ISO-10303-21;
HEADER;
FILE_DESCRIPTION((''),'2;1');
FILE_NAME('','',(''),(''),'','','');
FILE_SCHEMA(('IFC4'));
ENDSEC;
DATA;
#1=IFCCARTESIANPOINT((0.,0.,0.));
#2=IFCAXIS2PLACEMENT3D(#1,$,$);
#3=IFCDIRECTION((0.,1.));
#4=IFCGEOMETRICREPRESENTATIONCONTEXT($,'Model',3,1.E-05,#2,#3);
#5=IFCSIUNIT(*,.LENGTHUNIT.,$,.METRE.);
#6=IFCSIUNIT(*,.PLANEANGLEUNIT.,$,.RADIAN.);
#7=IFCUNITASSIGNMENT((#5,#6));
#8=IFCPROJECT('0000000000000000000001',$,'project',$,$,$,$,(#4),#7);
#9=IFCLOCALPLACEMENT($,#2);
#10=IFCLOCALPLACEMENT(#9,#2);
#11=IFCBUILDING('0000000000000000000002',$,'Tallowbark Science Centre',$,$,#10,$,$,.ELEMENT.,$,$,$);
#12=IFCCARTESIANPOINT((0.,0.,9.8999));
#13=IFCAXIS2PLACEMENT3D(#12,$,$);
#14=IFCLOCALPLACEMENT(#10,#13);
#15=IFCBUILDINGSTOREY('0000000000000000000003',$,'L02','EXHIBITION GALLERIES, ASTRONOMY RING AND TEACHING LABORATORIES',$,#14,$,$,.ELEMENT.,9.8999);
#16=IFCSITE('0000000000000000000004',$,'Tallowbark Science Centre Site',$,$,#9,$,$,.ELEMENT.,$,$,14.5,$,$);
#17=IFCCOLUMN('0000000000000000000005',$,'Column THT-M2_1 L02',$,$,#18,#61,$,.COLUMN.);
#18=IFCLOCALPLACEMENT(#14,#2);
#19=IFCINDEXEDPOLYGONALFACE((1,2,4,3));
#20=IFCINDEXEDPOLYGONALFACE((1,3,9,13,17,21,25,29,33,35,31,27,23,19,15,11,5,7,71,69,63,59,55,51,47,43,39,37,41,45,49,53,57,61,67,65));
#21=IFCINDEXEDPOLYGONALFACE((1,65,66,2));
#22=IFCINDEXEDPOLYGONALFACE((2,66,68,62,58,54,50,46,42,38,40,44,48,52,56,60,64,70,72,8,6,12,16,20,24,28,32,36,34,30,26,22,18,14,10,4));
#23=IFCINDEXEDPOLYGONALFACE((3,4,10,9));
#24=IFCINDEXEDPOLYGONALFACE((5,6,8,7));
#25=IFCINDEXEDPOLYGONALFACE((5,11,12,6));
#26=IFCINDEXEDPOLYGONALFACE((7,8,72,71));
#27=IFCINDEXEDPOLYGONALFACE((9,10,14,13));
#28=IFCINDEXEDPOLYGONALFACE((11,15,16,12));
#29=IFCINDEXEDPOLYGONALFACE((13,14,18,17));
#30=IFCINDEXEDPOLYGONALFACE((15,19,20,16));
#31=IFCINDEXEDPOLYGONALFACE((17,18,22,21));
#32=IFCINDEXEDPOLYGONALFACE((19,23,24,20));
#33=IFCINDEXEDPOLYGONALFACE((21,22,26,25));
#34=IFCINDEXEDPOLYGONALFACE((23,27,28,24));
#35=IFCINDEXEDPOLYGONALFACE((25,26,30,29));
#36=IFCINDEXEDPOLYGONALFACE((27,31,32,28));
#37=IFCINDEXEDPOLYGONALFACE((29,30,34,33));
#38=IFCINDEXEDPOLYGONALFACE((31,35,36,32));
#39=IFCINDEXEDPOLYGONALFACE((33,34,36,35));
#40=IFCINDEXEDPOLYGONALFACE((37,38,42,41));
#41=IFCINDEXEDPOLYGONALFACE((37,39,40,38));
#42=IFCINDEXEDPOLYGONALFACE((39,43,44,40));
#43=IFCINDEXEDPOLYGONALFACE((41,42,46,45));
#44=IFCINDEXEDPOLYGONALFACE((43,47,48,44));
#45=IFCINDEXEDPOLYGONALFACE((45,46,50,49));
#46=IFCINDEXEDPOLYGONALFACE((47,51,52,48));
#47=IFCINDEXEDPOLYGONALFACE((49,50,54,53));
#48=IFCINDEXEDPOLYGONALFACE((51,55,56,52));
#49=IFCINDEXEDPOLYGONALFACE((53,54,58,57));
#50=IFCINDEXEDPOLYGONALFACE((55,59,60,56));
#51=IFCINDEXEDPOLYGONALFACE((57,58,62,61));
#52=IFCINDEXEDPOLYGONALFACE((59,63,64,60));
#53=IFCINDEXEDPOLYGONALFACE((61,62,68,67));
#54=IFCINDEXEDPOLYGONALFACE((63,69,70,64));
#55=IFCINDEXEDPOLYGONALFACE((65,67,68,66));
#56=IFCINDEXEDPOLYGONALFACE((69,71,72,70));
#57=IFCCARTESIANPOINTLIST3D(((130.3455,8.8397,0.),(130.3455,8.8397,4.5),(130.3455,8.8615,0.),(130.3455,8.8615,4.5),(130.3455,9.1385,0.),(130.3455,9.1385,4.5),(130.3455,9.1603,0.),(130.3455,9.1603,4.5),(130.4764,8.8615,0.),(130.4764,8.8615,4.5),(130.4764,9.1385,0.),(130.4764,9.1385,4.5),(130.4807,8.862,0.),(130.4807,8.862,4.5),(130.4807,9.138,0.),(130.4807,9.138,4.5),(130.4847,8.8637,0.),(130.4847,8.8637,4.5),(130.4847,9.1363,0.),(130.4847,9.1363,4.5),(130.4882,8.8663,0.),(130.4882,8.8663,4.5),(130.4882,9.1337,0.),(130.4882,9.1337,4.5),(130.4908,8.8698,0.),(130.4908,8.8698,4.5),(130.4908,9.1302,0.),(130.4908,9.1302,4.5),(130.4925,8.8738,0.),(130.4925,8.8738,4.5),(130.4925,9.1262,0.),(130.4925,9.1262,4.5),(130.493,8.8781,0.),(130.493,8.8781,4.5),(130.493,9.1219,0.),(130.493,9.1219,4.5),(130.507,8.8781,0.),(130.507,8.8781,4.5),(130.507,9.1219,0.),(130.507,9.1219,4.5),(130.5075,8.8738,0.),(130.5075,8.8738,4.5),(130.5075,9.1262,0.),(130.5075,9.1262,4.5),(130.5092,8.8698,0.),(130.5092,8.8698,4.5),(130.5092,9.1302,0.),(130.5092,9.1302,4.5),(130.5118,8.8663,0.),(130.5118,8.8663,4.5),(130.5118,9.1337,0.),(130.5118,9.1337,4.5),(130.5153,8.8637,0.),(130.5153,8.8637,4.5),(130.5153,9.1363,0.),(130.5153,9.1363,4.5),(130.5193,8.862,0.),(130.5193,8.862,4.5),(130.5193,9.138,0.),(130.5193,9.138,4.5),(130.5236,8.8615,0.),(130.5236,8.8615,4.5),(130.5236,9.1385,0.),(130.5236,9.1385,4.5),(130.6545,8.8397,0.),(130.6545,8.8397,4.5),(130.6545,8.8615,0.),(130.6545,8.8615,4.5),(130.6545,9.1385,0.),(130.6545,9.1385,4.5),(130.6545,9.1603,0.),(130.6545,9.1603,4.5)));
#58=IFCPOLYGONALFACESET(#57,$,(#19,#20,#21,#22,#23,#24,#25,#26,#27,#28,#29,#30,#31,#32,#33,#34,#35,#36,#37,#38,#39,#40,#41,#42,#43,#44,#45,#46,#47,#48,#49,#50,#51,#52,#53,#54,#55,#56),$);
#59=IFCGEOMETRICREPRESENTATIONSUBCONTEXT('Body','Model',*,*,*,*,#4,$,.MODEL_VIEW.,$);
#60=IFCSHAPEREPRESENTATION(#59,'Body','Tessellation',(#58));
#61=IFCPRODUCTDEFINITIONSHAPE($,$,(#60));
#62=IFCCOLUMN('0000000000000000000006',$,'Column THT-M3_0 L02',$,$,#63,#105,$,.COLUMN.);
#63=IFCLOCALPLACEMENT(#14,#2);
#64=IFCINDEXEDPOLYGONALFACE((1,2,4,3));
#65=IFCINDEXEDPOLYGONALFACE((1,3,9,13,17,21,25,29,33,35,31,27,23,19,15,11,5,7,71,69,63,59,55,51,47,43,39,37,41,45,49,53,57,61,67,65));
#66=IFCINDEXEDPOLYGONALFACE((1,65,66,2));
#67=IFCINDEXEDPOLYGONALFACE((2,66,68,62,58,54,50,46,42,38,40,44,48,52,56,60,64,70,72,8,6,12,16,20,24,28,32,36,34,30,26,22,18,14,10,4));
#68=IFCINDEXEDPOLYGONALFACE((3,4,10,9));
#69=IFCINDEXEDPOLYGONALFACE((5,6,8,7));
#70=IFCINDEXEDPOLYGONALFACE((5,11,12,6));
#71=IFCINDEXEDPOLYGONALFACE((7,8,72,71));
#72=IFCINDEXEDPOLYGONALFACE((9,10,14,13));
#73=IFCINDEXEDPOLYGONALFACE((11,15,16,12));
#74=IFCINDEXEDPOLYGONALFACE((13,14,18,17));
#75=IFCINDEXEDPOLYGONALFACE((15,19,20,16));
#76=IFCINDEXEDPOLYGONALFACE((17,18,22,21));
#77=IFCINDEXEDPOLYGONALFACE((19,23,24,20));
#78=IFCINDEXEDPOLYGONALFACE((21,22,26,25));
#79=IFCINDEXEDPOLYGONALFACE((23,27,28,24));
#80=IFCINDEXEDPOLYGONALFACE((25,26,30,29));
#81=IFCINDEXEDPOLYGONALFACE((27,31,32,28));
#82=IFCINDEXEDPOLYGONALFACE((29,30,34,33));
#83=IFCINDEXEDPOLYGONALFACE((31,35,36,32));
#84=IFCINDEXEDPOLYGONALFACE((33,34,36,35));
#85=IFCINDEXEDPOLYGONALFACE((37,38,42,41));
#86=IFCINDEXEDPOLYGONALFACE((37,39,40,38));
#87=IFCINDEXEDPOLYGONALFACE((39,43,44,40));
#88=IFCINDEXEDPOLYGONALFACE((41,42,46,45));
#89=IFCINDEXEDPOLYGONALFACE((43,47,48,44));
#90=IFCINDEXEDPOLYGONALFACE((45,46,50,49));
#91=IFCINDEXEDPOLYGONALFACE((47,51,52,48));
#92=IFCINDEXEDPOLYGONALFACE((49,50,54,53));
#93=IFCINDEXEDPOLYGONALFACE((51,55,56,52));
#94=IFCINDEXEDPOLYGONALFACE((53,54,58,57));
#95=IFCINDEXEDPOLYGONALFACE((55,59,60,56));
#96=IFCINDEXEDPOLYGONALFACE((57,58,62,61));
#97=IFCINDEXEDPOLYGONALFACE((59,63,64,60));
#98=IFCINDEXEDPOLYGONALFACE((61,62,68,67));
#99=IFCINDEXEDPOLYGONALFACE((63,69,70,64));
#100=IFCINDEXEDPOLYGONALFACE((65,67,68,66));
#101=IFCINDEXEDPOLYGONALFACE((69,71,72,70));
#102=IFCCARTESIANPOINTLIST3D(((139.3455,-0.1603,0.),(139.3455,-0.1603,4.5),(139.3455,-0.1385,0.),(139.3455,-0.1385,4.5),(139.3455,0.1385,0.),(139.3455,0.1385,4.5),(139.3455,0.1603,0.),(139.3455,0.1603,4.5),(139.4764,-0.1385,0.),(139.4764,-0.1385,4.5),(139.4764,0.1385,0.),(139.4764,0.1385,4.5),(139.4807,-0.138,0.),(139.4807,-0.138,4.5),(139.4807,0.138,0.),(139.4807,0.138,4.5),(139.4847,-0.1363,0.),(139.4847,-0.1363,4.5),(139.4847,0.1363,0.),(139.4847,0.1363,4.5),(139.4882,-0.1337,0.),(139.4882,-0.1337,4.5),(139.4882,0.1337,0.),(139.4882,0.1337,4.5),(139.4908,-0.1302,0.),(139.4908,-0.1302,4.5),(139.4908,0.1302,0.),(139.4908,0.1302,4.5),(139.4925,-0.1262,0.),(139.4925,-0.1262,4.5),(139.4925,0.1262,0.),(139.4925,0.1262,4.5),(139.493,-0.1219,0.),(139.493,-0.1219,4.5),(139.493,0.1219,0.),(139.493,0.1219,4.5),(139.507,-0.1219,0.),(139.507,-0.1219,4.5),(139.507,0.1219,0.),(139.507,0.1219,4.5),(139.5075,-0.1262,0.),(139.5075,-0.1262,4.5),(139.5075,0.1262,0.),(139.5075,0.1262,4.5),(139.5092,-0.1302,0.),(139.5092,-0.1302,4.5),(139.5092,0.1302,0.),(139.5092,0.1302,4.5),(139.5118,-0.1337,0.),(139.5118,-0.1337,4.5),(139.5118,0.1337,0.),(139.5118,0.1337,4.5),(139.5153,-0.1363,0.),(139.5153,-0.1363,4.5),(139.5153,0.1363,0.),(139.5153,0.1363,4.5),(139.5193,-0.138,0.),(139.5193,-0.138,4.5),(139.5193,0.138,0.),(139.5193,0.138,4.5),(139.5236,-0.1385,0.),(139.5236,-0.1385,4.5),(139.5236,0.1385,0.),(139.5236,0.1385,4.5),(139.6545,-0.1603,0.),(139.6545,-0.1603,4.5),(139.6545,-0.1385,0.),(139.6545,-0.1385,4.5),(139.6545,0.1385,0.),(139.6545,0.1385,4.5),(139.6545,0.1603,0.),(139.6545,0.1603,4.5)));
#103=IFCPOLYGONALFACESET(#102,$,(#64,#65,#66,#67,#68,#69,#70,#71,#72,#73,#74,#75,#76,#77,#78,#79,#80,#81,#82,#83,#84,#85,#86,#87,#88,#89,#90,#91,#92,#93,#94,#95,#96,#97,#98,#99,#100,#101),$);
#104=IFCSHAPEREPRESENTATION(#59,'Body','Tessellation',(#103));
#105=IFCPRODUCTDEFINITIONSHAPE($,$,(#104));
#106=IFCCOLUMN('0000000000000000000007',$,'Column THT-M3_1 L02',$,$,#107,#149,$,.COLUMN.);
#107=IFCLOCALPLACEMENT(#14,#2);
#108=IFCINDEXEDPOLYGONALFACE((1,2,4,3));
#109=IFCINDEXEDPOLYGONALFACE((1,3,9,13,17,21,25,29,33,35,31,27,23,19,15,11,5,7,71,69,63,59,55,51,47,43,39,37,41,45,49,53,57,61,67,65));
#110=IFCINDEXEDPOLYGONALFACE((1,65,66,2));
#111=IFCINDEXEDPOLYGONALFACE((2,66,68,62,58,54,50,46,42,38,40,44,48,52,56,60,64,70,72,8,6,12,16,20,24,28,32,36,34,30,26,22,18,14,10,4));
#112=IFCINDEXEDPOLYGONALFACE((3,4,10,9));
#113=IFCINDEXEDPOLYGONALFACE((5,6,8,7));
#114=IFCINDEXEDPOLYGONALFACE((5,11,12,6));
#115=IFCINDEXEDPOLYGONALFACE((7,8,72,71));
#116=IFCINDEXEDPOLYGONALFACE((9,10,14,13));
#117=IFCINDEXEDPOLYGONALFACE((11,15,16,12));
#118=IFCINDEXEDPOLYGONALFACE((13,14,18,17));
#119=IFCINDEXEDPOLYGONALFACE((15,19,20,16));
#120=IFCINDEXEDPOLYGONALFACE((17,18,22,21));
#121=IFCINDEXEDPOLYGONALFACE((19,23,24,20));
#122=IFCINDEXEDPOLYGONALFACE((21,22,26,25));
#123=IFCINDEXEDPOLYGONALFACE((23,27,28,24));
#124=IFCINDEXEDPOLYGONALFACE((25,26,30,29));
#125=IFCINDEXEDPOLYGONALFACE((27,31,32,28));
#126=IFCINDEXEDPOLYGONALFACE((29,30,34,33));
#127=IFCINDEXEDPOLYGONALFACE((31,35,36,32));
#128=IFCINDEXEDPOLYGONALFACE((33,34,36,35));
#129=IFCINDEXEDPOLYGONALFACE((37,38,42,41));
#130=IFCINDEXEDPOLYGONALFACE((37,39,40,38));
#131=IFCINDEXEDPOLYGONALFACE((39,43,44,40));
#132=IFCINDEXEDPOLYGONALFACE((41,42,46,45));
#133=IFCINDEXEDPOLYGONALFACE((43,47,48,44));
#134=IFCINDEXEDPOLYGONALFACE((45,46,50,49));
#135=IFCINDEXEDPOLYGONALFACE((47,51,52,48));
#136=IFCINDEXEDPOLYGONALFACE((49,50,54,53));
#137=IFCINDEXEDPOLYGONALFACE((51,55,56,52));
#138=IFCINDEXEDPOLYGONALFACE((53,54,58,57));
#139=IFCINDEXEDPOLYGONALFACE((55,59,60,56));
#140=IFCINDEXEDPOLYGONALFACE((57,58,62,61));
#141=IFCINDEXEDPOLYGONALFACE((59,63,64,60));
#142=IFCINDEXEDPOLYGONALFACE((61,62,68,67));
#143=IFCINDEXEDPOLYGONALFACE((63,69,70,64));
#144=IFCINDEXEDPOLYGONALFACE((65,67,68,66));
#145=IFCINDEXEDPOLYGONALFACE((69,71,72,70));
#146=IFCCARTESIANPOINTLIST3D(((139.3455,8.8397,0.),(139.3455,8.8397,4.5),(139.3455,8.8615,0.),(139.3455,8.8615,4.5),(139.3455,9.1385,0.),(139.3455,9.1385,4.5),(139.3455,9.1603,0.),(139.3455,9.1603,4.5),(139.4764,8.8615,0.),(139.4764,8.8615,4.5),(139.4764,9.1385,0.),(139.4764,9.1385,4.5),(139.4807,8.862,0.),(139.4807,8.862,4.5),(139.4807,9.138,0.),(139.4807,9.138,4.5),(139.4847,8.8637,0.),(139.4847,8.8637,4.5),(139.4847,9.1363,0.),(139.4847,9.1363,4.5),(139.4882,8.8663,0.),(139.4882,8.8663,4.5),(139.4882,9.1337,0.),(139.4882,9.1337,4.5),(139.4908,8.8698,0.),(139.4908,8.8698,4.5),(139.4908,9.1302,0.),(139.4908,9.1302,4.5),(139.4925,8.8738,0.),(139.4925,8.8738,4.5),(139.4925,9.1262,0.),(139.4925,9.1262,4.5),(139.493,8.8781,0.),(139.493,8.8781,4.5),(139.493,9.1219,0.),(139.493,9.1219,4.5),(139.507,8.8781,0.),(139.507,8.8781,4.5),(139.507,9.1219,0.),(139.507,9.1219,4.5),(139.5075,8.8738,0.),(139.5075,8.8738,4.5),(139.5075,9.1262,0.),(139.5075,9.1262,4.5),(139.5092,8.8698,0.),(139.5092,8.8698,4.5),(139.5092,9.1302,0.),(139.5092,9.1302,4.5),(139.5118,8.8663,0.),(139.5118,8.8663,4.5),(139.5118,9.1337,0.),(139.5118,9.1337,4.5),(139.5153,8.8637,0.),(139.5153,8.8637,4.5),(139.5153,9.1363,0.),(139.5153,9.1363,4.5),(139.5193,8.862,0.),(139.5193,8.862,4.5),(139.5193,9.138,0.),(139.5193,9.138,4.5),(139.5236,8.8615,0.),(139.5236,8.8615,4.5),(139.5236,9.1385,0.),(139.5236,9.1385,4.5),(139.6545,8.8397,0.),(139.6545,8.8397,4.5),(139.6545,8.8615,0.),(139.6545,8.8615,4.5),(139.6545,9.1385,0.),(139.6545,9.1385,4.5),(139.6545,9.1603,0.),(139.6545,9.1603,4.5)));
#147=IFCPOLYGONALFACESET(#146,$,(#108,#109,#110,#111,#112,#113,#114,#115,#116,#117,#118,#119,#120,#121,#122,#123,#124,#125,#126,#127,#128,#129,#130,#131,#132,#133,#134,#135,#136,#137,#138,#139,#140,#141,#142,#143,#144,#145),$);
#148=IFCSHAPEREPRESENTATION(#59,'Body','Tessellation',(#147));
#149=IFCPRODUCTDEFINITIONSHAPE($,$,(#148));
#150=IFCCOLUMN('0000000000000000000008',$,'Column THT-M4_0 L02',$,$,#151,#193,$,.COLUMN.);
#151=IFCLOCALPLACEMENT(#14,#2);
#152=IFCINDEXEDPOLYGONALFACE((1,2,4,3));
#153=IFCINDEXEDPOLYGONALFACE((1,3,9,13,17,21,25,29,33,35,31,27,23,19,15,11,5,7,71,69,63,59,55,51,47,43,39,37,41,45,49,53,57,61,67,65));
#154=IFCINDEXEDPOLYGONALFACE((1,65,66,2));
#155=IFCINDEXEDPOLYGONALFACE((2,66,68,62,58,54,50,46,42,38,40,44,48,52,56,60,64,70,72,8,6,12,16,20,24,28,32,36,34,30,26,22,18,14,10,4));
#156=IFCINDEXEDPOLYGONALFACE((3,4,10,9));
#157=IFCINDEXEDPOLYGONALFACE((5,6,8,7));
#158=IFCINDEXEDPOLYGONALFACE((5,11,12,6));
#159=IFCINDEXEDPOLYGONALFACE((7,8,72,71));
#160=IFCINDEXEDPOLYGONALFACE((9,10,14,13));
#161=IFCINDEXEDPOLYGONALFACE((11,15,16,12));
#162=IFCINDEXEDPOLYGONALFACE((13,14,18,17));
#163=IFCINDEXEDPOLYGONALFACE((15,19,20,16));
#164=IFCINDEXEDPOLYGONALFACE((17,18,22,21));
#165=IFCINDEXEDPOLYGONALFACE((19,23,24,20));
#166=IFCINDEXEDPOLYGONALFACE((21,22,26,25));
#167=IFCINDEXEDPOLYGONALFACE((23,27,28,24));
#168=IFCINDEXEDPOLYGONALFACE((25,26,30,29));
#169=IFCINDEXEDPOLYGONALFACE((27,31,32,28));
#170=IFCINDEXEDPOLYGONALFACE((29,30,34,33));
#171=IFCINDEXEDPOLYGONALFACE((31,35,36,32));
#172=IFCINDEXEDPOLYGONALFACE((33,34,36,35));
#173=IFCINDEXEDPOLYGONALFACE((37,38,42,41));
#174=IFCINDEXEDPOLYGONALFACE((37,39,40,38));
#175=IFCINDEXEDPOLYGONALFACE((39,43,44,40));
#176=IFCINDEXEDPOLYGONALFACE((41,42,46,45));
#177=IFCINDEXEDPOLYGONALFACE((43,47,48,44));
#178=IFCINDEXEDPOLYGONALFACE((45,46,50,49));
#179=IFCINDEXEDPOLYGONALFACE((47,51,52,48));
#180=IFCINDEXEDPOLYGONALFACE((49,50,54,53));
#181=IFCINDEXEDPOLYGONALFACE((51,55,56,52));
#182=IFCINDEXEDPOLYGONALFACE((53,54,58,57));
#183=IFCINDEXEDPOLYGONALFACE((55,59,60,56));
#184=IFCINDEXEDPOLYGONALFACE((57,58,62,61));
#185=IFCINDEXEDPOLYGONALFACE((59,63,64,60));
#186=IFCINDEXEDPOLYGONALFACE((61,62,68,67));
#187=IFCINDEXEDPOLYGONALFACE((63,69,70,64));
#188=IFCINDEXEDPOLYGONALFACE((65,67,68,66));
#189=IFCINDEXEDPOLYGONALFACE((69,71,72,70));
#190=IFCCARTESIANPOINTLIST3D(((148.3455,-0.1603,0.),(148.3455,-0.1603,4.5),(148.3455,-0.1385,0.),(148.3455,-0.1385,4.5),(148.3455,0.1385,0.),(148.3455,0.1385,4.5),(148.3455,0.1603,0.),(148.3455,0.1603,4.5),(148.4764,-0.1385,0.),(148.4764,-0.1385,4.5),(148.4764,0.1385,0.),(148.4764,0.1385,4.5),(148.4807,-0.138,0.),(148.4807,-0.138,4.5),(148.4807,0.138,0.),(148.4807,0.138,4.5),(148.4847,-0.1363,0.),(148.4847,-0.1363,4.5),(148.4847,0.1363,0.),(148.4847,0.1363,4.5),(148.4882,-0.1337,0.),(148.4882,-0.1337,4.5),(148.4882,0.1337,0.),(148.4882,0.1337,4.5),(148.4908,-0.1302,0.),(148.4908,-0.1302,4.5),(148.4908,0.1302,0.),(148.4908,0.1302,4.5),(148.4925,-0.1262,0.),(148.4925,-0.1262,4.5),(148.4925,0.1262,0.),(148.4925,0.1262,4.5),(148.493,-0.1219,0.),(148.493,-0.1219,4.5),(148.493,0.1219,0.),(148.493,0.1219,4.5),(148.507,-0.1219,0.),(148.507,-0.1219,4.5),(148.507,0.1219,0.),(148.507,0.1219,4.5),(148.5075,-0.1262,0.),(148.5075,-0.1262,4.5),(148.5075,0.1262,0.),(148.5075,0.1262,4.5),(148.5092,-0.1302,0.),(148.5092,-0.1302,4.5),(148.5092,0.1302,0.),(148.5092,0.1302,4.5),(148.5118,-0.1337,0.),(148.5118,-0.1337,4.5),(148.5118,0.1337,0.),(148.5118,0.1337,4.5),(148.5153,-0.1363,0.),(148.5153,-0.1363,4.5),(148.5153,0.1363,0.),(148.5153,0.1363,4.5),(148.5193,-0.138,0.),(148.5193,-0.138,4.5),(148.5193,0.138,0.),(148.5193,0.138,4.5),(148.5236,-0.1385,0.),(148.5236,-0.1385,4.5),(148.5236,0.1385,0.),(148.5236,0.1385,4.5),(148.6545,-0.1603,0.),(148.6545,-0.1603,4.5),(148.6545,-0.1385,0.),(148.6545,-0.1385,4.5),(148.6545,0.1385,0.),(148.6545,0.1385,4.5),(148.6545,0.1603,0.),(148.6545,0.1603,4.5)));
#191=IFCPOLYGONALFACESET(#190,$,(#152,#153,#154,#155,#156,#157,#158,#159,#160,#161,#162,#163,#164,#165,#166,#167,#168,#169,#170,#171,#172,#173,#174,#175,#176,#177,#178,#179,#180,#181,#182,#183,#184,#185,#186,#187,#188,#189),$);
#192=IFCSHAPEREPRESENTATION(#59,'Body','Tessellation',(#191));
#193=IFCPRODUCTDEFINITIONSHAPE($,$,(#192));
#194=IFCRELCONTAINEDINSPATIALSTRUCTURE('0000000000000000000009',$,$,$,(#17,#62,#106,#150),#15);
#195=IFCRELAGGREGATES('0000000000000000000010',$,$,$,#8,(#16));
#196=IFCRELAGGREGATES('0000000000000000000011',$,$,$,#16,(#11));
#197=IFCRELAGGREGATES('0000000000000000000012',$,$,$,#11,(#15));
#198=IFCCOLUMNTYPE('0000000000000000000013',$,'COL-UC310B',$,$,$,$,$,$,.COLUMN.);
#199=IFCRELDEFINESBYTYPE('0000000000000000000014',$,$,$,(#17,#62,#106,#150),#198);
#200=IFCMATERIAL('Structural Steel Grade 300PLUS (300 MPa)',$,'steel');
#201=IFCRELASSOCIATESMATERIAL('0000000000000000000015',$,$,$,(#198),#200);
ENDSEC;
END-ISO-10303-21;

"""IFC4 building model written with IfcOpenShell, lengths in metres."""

from ifc_helpers import new_model, si_unit, direction, frame, origin, origin_2d, place, context, subcontext, project, spatial, i_section, extrude, material, material_profile, profile_set, type_object, element, save


model = new_model("IFC4")

# Units and contexts
model_context = context("Model", 3, precision=1e-05, world=origin(), true_north=direction((0.0, 1.0)))
body_context = subcontext(model_context, "Body", "Model", "MODEL_VIEW")
ifc_project = project(units=[si_unit("LENGTHUNIT", "METRE"), si_unit("PLANEANGLEUNIT", "RADIAN")], contexts=[model_context])

# Site, building, storey
site_placement = place(None, origin())
site = spatial("IfcSite", under=ifc_project, at=site_placement, Name="Tallowbark Science Centre Site", CompositionType="ELEMENT", RefElevation=14.5)
building_placement = place(site_placement, origin())
building = spatial("IfcBuilding", under=site, at=building_placement, Name="Tallowbark Science Centre", CompositionType="ELEMENT")
storey_placement = place(building_placement, frame((0.0, 0.0, 9.8999)))
storey = spatial("IfcBuildingStorey", under=building, at=storey_placement, Name="L02", Description="EXHIBITION GALLERIES, ASTRONOMY RING AND TEACHING LABORATORIES", CompositionType="ELEMENT", Elevation=9.8999)

# Columns
ifc_material_1 = material(Name="Structural Steel Grade 300PLUS (300 MPa)", Category="steel")
ifc_material_profile_1 = material_profile(ifc_material_1, i_section(OverallWidth=0.3091, OverallDepth=0.3206, WebThickness=0.0139, FlangeThickness=0.0217, FilletRadius=0.0166, at=origin_2d()), Name="310UC137")
ifc_profile_set_1 = profile_set([ifc_material_profile_1], Name="Structural Steel Grade 300PLUS (300 MPa)")
column_type = type_object("IfcColumnType", Name="COL-UC310B", PredefinedType="COLUMN", material=ifc_profile_set_1)
for number, where, z_axis, x_axis, name in (
    (1, (130.5, 9.0, 0.0), (0.0, 0.0, 1.0), (1.0, 0.0, 0.0), "Column THT-M2_1 L02"),
    (2, (139.5, 0.0, 0.0), (0.0, 0.0, 1.0), (1.0, 0.0, 0.0), "Column THT-M3_0 L02"),
    (3, (139.5, 9.0, 0.0), (0.0, 0.0, 1.0), (1.0, 0.0, 0.0), "Column THT-M3_1 L02"),
    (4, (148.5, 0.0, 0.0), (0.0, 0.0, 1.0), (1.0, 0.0, 0.0), "Column THT-M4_0 L02"),
):
    element("IfcColumn", number, at=place(storey_placement, frame(where, z_axis=z_axis, x_axis=x_axis)), inside=storey, type_object=column_type, Name=name, PredefinedType="COLUMN", context=body_context, shape_type="SweptSolid", body=[
        extrude(i_section(OverallWidth=0.3091, OverallDepth=0.3206, WebThickness=0.0139, FlangeThickness=0.0217, FilletRadius=0.0166, at=origin_2d()), origin(), (0.0, 0.0, 1.0), 4.5),
    ])

save(model, "model.ifc")
